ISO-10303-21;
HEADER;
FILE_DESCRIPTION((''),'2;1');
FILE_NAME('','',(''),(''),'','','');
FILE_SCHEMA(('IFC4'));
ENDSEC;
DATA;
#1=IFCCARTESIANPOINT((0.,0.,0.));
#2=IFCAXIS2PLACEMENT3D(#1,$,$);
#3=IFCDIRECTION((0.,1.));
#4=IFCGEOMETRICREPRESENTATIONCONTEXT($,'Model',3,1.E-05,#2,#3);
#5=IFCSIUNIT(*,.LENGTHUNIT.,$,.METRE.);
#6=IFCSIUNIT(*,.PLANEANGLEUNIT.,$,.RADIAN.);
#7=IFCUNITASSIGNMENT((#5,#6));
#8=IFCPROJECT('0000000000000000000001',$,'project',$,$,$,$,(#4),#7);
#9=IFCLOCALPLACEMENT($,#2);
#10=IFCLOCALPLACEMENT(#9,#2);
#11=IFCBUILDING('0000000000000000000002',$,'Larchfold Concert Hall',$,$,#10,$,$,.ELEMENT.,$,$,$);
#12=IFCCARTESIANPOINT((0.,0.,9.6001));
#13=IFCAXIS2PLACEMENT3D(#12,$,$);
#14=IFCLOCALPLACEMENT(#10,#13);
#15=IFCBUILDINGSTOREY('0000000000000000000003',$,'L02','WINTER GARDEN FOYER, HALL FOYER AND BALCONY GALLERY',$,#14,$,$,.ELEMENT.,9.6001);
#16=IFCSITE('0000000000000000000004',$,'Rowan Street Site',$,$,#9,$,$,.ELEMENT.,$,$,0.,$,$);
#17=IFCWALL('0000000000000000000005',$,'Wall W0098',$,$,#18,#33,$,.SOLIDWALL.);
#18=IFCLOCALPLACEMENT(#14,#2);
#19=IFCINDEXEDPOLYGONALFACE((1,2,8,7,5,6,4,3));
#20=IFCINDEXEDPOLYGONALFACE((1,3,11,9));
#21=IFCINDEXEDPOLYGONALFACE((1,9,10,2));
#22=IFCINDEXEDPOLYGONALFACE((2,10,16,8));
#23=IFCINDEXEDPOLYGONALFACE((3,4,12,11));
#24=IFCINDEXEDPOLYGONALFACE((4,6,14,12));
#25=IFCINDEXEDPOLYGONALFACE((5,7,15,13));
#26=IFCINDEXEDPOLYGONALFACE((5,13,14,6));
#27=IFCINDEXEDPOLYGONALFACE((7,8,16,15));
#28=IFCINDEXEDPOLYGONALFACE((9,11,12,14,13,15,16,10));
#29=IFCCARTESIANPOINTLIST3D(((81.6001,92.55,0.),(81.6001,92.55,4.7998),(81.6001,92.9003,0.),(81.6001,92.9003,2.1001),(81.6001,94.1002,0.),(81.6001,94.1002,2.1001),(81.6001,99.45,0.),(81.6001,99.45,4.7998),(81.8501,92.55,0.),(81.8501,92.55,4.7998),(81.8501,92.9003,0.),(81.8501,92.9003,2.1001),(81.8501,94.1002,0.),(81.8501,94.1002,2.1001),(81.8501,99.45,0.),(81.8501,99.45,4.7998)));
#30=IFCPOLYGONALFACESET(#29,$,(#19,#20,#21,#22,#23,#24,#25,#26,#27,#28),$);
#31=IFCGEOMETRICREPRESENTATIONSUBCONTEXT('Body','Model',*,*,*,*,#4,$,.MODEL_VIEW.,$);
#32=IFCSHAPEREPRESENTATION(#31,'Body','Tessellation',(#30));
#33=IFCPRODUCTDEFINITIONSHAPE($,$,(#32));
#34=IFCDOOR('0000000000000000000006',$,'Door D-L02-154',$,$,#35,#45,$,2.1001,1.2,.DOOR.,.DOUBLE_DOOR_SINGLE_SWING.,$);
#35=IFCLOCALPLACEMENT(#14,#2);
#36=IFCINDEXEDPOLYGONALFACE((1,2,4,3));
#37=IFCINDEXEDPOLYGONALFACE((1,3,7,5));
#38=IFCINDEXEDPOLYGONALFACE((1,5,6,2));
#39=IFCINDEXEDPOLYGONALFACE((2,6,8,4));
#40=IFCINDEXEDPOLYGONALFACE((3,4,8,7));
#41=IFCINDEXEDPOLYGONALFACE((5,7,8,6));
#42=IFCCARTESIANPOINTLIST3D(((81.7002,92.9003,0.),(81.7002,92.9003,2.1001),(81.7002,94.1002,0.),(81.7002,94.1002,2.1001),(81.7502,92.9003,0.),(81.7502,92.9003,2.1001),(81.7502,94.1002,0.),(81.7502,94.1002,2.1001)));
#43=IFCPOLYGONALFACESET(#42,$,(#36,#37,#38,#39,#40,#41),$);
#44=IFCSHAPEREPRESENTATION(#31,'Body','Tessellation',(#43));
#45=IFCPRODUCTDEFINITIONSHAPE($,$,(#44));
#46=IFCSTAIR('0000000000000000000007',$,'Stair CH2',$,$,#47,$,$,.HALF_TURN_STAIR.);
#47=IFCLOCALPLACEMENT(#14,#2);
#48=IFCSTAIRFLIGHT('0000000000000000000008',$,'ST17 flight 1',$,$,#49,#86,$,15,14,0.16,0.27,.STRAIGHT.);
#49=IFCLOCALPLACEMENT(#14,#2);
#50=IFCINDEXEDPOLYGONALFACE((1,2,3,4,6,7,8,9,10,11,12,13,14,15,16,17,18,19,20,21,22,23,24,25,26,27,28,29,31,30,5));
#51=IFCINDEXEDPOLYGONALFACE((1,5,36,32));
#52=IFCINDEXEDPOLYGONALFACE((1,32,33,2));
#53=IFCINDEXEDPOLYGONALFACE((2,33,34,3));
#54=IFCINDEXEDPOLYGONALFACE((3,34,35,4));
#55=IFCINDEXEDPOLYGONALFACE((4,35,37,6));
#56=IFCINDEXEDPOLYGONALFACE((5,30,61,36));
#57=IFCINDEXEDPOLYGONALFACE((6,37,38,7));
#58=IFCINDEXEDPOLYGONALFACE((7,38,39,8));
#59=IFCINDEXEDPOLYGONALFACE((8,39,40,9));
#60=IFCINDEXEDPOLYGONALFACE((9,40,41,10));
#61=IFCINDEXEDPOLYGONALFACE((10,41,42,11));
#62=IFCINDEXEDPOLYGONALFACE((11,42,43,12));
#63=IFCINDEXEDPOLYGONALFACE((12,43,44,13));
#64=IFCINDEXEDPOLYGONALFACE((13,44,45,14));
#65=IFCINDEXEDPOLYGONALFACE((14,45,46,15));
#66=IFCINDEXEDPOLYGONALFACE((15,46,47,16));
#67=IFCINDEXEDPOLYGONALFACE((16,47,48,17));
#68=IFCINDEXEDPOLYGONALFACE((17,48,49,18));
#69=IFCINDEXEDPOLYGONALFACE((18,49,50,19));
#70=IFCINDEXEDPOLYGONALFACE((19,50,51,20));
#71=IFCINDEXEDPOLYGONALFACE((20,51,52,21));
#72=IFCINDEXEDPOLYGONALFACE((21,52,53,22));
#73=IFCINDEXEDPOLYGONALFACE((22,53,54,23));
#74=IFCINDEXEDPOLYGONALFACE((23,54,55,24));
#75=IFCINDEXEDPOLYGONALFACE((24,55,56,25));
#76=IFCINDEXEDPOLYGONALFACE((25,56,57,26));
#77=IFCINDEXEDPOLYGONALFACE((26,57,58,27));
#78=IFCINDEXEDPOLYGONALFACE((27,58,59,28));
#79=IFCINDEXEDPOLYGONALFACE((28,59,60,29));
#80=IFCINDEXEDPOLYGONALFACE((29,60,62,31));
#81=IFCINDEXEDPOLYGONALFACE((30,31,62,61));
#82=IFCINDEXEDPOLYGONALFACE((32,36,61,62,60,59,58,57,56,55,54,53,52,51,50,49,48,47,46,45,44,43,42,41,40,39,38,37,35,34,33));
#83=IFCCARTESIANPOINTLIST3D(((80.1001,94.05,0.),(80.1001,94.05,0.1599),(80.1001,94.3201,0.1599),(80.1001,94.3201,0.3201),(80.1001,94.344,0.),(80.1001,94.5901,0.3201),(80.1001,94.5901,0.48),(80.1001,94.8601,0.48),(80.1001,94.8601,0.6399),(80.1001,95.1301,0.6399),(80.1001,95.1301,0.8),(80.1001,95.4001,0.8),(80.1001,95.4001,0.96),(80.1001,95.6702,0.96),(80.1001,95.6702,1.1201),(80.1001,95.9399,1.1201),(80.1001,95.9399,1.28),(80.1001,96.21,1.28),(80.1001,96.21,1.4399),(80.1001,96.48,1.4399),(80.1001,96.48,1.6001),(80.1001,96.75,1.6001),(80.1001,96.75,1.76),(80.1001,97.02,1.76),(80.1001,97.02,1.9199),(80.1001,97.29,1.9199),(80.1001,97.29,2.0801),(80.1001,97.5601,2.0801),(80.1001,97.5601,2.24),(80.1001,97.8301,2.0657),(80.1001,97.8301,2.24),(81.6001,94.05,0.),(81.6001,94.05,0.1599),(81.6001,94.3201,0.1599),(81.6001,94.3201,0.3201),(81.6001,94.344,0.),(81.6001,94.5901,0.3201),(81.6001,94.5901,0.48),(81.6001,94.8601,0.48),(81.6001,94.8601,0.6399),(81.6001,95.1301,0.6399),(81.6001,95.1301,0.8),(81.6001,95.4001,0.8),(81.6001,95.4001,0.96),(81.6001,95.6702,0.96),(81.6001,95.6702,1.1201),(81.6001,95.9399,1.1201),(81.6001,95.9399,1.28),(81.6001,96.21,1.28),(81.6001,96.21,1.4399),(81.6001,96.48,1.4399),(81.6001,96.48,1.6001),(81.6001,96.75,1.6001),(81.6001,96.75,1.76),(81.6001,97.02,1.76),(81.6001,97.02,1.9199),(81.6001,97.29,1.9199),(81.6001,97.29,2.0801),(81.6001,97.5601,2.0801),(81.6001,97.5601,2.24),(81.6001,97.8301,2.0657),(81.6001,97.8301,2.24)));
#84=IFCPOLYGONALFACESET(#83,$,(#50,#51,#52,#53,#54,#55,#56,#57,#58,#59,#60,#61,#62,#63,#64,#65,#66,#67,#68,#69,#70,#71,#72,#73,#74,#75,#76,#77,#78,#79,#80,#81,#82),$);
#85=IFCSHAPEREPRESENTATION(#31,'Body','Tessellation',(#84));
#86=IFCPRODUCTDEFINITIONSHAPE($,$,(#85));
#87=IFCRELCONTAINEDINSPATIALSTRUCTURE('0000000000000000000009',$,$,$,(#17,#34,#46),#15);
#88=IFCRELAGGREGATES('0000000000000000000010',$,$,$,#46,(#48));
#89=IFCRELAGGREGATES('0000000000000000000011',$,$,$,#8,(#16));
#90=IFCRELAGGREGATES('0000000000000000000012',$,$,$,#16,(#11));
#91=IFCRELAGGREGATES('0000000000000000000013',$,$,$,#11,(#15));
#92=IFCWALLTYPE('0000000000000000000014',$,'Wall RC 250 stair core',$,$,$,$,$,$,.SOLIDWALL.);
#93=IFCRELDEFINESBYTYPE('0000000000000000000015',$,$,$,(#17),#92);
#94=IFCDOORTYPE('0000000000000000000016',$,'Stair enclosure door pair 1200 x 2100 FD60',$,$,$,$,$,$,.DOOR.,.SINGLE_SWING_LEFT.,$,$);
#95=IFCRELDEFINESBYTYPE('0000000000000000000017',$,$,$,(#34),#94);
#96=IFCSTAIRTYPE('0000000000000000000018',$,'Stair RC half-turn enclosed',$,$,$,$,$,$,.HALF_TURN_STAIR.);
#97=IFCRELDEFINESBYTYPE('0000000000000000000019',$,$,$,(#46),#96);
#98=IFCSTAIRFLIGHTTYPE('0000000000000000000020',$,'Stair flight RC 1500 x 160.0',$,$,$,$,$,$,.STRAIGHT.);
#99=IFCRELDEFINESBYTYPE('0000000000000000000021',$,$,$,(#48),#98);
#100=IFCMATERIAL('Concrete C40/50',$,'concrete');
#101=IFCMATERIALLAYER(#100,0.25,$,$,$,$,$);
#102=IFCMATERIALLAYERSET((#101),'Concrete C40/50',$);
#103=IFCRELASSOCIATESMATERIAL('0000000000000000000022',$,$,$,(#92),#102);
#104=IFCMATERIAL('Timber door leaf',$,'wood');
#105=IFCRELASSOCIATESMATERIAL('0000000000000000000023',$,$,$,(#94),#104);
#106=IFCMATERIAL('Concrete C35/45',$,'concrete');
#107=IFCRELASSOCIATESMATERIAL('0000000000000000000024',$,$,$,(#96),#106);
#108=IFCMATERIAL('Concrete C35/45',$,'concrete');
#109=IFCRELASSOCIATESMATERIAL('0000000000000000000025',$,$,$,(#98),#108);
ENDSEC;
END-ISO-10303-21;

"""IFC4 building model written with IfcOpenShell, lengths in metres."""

from ifc_helpers import new_model, si_unit, direction, frame, frame_2d, origin, place, context, subcontext, project, spatial, polyline, rectangle, outline, extrude, material, layer, layer_set, type_object, element, fill, aggregate, save


model = new_model("IFC4")

# Units and contexts
model_context = context("Model", 3, precision=1e-05, world=origin(), true_north=direction((0.0, 1.0)))
body_context = subcontext(model_context, "Body", "Model", "MODEL_VIEW")
ifc_project = project(units=[si_unit("LENGTHUNIT", "METRE"), si_unit("PLANEANGLEUNIT", "RADIAN")], contexts=[model_context])

# Site, building, storey
site_placement = place(None, origin())
site = spatial("IfcSite", under=ifc_project, at=site_placement, Name="Rowan Street Site", CompositionType="ELEMENT", RefElevation=0.0)
building_placement = place(site_placement, origin())
building = spatial("IfcBuilding", under=site, at=building_placement, Name="Larchfold Concert Hall", CompositionType="ELEMENT")
storey_placement = place(building_placement, frame((0.0, 0.0, 9.6001)))
storey = spatial("IfcBuildingStorey", under=building, at=storey_placement, Name="L02", Description="WINTER GARDEN FOYER, HALL FOYER AND BALCONY GALLERY", CompositionType="ELEMENT", Elevation=9.6001)

# Shared definitions
ifc_material_1 = material(Name="Concrete C40/50", Category="concrete")
ifc_layer_1 = layer(ifc_material_1, 0.25)
ifc_layer_set_1 = layer_set([ifc_layer_1], Name="Concrete C40/50")
wall_type_1 = type_object("IfcWallType", Name="Wall RC 250 stair core", PredefinedType="SOLIDWALL", material=ifc_layer_set_1)

# Wall, opening, door
wall_1_placement = place(storey_placement, frame((81.7251, 92.55, 0.0), z_axis=(0.0, 0.0, 1.0), x_axis=(0.0, 1.0, 0.0)))
wall_1 = element("IfcWall", 1, at=wall_1_placement, inside=storey, type_object=wall_type_1, Name="Wall W0098", PredefinedType="SOLIDWALL", context=body_context, shape_type="SweptSolid", body=[
    extrude(rectangle(XDim=6.8999, YDim=0.25, at=frame_2d((3.45, 0.0))), origin(), (0.0, 0.0, 1.0), 4.7998),
])
opening_1_placement = place(wall_1_placement, frame((0.3501, 0.0, 0.0)))
opening_1 = element("IfcOpeningElement", 2, at=opening_1_placement, cuts=wall_1, PredefinedType="OPENING", context=body_context, shape_type="SweptSolid", body=[
    extrude(rectangle(XDim=1.2, YDim=2.1001, at=frame_2d((0.6001, 1.05))), frame((0.0, 0.135, 0.0), z_axis=(0.0, -1.0, 0.0), x_axis=(1.0, 0.0, 0.0)), (0.0, 0.0, 1.0), 0.27),
])
ifc_material_2 = material(Name="Timber door leaf", Category="wood")
door_type_1 = type_object("IfcDoorType", Name="Stair enclosure door pair 1200 x 2100 FD60", OperationType="SINGLE_SWING_LEFT", PredefinedType="DOOR", material=ifc_material_2)
door_1_placement = place(opening_1_placement, origin())
door_1 = element("IfcDoor", 3, at=door_1_placement, inside=storey, type_object=door_type_1, Name="Door D-L02-154", OperationType="DOUBLE_DOOR_SINGLE_SWING", OverallHeight=2.1001, OverallWidth=1.2, PredefinedType="DOOR", context=body_context, shape_type="SweptSolid", body=[
    extrude(rectangle(XDim=1.2, YDim=2.1001, at=frame_2d((0.6001, 1.05))), frame((0.0, 0.0249, 0.0), z_axis=(0.0, -1.0, 0.0), x_axis=(1.0, 0.0, 0.0)), (0.0, 0.0, 1.0), 0.05),
])
fill(opening_1, door_1)

# Stair, stair flight
ifc_material_3 = material(Name="Concrete C35/45", Category="concrete")
stair_type = type_object("IfcStairType", Name="Stair RC half-turn enclosed", PredefinedType="HALF_TURN_STAIR", material=ifc_material_3)
stair_placement = place(storey_placement, origin())
stair = element("IfcStair", 4, at=stair_placement, inside=storey, type_object=stair_type, Name="Stair CH2", PredefinedType="HALF_TURN_STAIR")
ifc_material_4 = material(Name="Concrete C35/45", Category="concrete")
stair_flight_type = type_object("IfcStairFlightType", Name="Stair flight RC 1500 x 160.0", PredefinedType="STRAIGHT", material=ifc_material_4)
stair_flight_placement = place(storey_placement, frame((80.8501, 94.05, 0.0), z_axis=(0.0, 0.0, 1.0), x_axis=(0.0, 1.0, 0.0)))
stair_flight = element("IfcStairFlight", 5, at=stair_flight_placement, type_object=stair_flight_type, Name="ST17 flight 1", NumberOfRisers=15, NumberOfTreads=14, PredefinedType="STRAIGHT", RiserHeight=0.16, TreadLength=0.27, context=body_context, shape_type="SweptSolid", body=[
    extrude(outline(polyline([(0.0, 0.0), (0.0, 0.1599), (0.27, 0.1599), (0.27, 0.3201), (0.54, 0.3201), (0.54, 0.48), (0.8101, 0.48), (0.8101, 0.6399), (1.0801, 0.6399), (1.0801, 0.8), (1.3501, 0.8), (1.3501, 0.96), (1.6201, 0.96), (1.6201, 1.1201), (1.8899, 1.1201), (1.8899, 1.28), (2.1599, 1.28), (2.1599, 1.4399), (2.4299, 1.4399), (2.4299, 1.6001), (2.7, 1.6001), (2.7, 1.76), (2.97, 1.76), (2.97, 1.9199), (3.24, 1.9199), (3.24, 2.0801), (3.51, 2.0801), (3.51, 2.24), (3.78, 2.24), (3.78, 2.3999), (3.78, 2.0657), (0.2939, 0.0), (0.0, 0.0)])), frame((0.0, 0.75, 0.0), z_axis=(0.0, -1.0, 0.0), x_axis=(1.0, 0.0, 0.0)), (0.0, 0.0, 1.0), 1.5),
])
aggregate(stair, [stair_flight])

save(model, "model.ifc")
